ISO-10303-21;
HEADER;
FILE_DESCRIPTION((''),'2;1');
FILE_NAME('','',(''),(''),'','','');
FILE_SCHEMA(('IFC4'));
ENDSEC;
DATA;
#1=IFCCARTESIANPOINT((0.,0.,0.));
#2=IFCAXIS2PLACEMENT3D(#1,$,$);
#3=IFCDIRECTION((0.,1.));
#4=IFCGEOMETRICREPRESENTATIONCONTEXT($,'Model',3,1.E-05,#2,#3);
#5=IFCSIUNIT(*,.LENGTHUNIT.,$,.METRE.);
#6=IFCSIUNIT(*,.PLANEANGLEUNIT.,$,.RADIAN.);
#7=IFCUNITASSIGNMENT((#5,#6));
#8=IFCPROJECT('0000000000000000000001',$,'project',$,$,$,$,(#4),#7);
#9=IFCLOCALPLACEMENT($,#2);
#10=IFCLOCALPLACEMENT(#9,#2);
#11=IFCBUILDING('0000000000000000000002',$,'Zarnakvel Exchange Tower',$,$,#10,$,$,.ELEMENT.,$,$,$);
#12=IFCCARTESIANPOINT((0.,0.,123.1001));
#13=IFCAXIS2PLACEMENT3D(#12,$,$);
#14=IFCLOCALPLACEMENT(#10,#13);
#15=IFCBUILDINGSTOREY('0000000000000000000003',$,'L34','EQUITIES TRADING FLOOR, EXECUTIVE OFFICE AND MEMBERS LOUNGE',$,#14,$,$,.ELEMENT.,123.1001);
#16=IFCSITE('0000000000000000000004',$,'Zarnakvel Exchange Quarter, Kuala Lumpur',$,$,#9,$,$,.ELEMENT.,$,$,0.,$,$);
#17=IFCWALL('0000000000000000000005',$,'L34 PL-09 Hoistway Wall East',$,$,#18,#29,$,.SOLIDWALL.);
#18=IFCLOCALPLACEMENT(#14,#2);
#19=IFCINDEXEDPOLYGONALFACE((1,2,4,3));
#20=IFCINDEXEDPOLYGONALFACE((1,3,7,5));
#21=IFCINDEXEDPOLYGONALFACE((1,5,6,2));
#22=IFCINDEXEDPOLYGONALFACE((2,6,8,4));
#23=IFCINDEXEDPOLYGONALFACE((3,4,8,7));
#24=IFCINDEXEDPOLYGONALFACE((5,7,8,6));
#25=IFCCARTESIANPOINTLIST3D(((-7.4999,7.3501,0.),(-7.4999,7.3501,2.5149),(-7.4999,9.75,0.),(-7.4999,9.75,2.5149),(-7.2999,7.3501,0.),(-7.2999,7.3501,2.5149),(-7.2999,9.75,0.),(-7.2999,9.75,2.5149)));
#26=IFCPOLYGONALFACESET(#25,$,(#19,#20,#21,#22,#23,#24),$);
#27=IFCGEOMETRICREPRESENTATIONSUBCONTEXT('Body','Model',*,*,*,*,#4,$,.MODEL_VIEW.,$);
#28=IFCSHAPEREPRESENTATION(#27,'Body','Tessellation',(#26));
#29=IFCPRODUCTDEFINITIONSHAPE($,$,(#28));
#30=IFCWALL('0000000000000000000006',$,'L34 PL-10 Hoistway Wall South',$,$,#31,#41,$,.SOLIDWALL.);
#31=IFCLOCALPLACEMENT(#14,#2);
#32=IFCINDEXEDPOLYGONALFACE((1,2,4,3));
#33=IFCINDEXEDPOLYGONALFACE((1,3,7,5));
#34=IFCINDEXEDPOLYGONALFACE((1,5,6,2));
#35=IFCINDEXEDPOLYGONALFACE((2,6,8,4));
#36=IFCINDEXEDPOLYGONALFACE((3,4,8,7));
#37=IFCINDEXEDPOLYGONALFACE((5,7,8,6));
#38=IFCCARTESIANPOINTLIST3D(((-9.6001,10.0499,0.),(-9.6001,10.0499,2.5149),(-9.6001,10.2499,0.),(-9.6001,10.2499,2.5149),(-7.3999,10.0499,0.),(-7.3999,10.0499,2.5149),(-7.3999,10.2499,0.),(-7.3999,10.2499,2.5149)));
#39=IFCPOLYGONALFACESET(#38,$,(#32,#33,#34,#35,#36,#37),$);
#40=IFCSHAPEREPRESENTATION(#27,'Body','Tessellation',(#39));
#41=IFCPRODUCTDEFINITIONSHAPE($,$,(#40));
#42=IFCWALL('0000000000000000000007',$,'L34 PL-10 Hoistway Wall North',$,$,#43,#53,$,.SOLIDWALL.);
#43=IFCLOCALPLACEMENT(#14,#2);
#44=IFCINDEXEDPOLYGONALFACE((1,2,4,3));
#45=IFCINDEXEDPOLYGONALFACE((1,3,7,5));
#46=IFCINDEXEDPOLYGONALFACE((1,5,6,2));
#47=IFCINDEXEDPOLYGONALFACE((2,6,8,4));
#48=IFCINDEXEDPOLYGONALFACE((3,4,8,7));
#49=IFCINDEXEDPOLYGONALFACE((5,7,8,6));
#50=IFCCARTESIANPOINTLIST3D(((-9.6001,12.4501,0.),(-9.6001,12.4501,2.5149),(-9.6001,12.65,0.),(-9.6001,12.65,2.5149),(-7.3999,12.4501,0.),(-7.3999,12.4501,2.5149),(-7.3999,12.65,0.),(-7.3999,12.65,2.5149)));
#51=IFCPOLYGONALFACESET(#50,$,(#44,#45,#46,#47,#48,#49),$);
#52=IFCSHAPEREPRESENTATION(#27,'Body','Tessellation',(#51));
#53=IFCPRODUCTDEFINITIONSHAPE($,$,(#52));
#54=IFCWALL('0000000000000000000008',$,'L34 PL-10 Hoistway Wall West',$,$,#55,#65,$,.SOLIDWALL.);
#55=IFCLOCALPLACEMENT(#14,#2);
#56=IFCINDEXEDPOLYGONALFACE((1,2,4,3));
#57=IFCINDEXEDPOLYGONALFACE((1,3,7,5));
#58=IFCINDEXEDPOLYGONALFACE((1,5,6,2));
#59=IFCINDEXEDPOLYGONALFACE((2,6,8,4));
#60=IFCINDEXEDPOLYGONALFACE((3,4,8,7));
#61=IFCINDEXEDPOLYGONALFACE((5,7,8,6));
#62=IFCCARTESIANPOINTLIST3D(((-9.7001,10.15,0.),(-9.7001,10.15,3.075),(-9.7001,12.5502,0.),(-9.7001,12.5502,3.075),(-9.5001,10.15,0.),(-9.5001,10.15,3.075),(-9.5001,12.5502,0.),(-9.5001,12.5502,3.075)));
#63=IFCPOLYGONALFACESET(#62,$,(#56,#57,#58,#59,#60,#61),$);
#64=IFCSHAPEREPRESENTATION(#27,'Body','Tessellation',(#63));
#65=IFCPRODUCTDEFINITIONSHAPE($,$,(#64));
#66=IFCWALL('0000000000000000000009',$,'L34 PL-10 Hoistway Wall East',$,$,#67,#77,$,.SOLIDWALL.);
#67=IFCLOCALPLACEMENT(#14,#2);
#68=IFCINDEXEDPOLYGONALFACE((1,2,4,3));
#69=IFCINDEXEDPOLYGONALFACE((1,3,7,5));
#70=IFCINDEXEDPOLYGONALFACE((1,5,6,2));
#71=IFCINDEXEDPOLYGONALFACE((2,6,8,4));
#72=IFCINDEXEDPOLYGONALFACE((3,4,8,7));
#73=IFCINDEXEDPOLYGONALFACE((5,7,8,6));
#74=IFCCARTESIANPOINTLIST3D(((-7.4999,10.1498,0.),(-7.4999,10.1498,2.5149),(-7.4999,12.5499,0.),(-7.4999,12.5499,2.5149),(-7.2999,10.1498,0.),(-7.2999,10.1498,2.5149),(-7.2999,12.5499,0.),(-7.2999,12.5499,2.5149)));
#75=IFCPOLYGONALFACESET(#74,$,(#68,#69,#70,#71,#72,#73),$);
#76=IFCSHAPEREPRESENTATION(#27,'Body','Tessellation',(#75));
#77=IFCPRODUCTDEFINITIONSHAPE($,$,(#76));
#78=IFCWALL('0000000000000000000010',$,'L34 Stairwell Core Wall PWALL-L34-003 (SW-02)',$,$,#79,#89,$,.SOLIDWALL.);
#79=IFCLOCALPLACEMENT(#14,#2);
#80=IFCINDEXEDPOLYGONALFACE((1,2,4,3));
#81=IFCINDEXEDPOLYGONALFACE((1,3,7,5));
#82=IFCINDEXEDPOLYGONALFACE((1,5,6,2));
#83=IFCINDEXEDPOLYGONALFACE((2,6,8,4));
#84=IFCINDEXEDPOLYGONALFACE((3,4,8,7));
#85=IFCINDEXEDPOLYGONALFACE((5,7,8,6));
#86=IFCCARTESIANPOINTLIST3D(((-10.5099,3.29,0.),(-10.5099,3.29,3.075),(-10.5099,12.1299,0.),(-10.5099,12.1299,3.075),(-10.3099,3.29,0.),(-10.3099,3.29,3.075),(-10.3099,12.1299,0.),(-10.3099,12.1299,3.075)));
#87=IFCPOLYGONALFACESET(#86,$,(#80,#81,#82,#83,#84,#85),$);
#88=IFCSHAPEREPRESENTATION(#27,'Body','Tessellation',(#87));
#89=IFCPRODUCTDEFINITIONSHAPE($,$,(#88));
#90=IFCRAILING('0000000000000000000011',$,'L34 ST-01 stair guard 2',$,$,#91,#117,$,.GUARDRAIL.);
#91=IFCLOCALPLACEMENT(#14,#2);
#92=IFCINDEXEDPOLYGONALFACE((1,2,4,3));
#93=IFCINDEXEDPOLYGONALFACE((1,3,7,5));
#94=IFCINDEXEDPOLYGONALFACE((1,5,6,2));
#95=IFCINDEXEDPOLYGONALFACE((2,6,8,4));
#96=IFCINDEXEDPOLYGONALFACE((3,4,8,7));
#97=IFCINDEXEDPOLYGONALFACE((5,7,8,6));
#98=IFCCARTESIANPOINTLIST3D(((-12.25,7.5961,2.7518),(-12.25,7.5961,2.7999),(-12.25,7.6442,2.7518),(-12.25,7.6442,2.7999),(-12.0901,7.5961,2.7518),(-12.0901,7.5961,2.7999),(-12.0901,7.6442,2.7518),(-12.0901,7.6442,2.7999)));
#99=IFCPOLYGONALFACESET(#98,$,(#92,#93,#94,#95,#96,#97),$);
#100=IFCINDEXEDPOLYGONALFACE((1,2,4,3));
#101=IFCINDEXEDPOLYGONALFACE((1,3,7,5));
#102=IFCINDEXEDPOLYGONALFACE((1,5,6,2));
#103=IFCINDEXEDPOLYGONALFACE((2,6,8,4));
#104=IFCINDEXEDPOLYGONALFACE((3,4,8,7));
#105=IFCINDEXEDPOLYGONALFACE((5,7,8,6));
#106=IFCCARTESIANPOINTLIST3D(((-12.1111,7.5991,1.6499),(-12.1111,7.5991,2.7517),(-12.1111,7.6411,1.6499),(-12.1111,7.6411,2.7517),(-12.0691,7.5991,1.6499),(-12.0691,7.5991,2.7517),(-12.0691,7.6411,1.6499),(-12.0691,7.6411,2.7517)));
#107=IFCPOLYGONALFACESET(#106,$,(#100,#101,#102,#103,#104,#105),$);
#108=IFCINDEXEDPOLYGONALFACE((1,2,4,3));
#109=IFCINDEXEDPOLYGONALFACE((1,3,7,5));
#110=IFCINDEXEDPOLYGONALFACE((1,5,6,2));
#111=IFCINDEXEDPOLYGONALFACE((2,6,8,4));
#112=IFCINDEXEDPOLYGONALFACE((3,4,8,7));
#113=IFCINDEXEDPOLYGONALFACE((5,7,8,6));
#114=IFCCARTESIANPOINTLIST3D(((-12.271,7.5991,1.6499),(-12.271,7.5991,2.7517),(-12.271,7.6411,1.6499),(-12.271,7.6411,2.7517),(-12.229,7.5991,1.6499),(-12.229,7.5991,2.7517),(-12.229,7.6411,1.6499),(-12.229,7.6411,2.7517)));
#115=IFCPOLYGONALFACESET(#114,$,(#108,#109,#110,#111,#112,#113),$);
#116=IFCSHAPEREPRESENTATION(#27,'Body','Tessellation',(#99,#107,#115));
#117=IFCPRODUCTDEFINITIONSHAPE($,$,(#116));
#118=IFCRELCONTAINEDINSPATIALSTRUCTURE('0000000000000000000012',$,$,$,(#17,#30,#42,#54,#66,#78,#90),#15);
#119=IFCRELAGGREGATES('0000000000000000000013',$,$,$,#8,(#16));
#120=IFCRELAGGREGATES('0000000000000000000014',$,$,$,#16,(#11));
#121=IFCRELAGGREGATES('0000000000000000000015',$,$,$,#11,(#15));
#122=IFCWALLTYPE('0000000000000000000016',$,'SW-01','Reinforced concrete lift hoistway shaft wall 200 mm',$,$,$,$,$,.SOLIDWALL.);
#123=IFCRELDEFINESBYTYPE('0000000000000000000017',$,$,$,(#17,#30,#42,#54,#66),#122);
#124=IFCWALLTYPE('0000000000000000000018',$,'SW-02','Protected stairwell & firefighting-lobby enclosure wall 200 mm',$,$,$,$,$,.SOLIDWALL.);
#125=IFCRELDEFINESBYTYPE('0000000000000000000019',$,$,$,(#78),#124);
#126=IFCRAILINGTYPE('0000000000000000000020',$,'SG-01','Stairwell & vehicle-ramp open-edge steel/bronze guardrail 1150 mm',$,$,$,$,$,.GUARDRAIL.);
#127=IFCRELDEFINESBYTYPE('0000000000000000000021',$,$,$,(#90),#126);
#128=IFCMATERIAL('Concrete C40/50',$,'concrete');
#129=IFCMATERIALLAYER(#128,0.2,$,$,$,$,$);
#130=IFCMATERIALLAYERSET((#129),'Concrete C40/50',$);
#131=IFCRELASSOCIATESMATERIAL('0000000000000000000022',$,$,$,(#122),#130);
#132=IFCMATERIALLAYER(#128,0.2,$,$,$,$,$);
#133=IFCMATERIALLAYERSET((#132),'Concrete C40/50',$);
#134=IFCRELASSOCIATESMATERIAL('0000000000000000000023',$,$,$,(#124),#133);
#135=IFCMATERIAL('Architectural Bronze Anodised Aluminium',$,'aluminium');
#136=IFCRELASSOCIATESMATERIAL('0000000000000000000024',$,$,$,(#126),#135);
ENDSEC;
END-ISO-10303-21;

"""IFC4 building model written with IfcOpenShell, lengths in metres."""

from ifc_helpers import new_model, si_unit, direction, frame, frame_2d, origin, origin_2d, place, context, subcontext, project, spatial, rectangle, extrude, material, layer, layer_set, type_object, element, save


model = new_model("IFC4")

# Units and contexts
model_context = context("Model", 3, precision=1e-05, world=origin(), true_north=direction((0.0, 1.0)))
body_context = subcontext(model_context, "Body", "Model", "MODEL_VIEW")
ifc_project = project(units=[si_unit("LENGTHUNIT", "METRE"), si_unit("PLANEANGLEUNIT", "RADIAN")], contexts=[model_context])

# Site, building, storey
site_placement = place(None, origin())
site = spatial("IfcSite", under=ifc_project, at=site_placement, Name="Zarnakvel Exchange Quarter, Kuala Lumpur", CompositionType="ELEMENT", RefElevation=0.0)
building_placement = place(site_placement, origin())
building = spatial("IfcBuilding", under=site, at=building_placement, Name="Zarnakvel Exchange Tower", CompositionType="ELEMENT")
storey_placement = place(building_placement, frame((0.0, 0.0, 123.1001)))
storey = spatial("IfcBuildingStorey", under=building, at=storey_placement, Name="L34", Description="EQUITIES TRADING FLOOR, EXECUTIVE OFFICE AND MEMBERS LOUNGE", CompositionType="ELEMENT", Elevation=123.1001)

# Shared definitions
ifc_material_1 = material(Name="Architectural Bronze Anodised Aluminium", Category="aluminium")

# Walls
ifc_material_2 = material(Name="Concrete C40/50", Category="concrete")
ifc_layer_1 = layer(ifc_material_2, 0.2)
ifc_layer_set_1 = layer_set([ifc_layer_1], Name="Concrete C40/50")
wall_type_1 = type_object("IfcWallType", Name="SW-01", Description="Reinforced concrete lift hoistway shaft wall 200 mm", PredefinedType="SOLIDWALL", material=ifc_layer_set_1)
wall_1_placement = place(storey_placement, frame((-7.3999, 9.75, 0.0), z_axis=(0.0, 0.0, 1.0), x_axis=(0.0, -1.0, 0.0)))
element("IfcWall", 1, at=wall_1_placement, inside=storey, type_object=wall_type_1, Name="L34 PL-09 Hoistway Wall East", PredefinedType="SOLIDWALL", context=body_context, shape_type="SweptSolid", body=[
    extrude(rectangle(XDim=2.3999, YDim=0.2, at=frame_2d((1.2, 0.0))), origin(), (0.0, 0.0, 1.0), 2.5149),
])
for number, where, z_axis, x_axis, name in (
    (2, (-7.3999, 10.1499, 0.0), (0.0, 0.0, 1.0), (-1.0, 0.0, 0.0), "L34 PL-10 Hoistway Wall South"),
    (3, (-9.6001, 12.55, 0.0), (0.0, 0.0, 1.0), (1.0, 0.0, 0.0), "L34 PL-10 Hoistway Wall North"),
):
    element("IfcWall", number, at=place(storey_placement, frame(where, z_axis=z_axis, x_axis=x_axis)), inside=storey, type_object=wall_type_1, Name=name, PredefinedType="SOLIDWALL", context=body_context, shape_type="SweptSolid", body=[
        extrude(rectangle(XDim=2.2002, YDim=0.2, at=frame_2d((1.1001, 0.0))), origin(), (0.0, 0.0, 1.0), 2.5149),
    ])
wall_2_placement = place(storey_placement, frame((-9.6001, 10.1499, 0.0), z_axis=(0.0, 0.0, 1.0), x_axis=(0.0, 1.0, 0.0)))
element("IfcWall", 4, at=wall_2_placement, inside=storey, type_object=wall_type_1, Name="L34 PL-10 Hoistway Wall West", PredefinedType="SOLIDWALL", context=body_context, shape_type="SweptSolid", body=[
    extrude(rectangle(XDim=2.4001, YDim=0.2, at=frame_2d((1.2002, 0.0))), origin(), (0.0, 0.0, 1.0), 3.075),
])
wall_3_placement = place(storey_placement, frame((-7.3999, 12.55, 0.0), z_axis=(0.0, 0.0, 1.0), x_axis=(0.0, -1.0, 0.0)))
element("IfcWall", 5, at=wall_3_placement, inside=storey, type_object=wall_type_1, Name="L34 PL-10 Hoistway Wall East", PredefinedType="SOLIDWALL", context=body_context, shape_type="SweptSolid", body=[
    extrude(rectangle(XDim=2.4001, YDim=0.2, at=frame_2d((1.2002, 0.0))), origin(), (0.0, 0.0, 1.0), 2.5149),
])
ifc_layer_2 = layer(ifc_material_2, 0.2)
ifc_layer_set_2 = layer_set([ifc_layer_2], Name="Concrete C40/50")
wall_type_2 = type_object("IfcWallType", Name="SW-02", Description="Protected stairwell & firefighting-lobby enclosure wall 200 mm", PredefinedType="SOLIDWALL", material=ifc_layer_set_2)
wall_4_placement = place(storey_placement, frame((-10.4099, 12.1299, 0.0), z_axis=(0.0, 0.0, 1.0), x_axis=(0.0, -1.0, 0.0)))
element("IfcWall", 6, at=wall_4_placement, inside=storey, type_object=wall_type_2, Name="L34 Stairwell Core Wall PWALL-L34-003 (SW-02)", PredefinedType="SOLIDWALL", context=body_context, shape_type="SweptSolid", body=[
    extrude(rectangle(XDim=8.8398, YDim=0.2, at=frame_2d((4.4199, 0.0))), origin(), (0.0, 0.0, 1.0), 3.075),
])

# Railing
railing_type = type_object("IfcRailingType", Name="SG-01", Description="Stairwell & vehicle-ramp open-edge steel/bronze guardrail 1150 mm", PredefinedType="GUARDRAIL", material=ifc_material_1)
railing_placement = place(storey_placement, frame((-12.0901, 7.6201, 1.6499)))
element("IfcRailing", 7, at=railing_placement, inside=storey, type_object=railing_type, Name="L34 ST-01 stair guard 2", PredefinedType="GUARDRAIL", context=body_context, shape_type="SweptSolid", body=[
    extrude(rectangle(XDim=0.0481, YDim=0.0481, at=origin_2d()), frame((0.0, 0.0, 1.126), z_axis=(-1.0, 0.0, 0.0), x_axis=(0.0, -1.0, 0.0)), (0.0, 0.0, 1.0), 0.1599),
    extrude(rectangle(XDim=0.042, YDim=0.042, at=origin_2d()), origin(), (0.0, 0.0, 1.0), 1.1018),
    extrude(rectangle(XDim=0.042, YDim=0.042, at=origin_2d()), frame((-0.1599, 0.0, 0.0)), (0.0, 0.0, 1.0), 1.1018),
])

save(model, "model.ifc")
